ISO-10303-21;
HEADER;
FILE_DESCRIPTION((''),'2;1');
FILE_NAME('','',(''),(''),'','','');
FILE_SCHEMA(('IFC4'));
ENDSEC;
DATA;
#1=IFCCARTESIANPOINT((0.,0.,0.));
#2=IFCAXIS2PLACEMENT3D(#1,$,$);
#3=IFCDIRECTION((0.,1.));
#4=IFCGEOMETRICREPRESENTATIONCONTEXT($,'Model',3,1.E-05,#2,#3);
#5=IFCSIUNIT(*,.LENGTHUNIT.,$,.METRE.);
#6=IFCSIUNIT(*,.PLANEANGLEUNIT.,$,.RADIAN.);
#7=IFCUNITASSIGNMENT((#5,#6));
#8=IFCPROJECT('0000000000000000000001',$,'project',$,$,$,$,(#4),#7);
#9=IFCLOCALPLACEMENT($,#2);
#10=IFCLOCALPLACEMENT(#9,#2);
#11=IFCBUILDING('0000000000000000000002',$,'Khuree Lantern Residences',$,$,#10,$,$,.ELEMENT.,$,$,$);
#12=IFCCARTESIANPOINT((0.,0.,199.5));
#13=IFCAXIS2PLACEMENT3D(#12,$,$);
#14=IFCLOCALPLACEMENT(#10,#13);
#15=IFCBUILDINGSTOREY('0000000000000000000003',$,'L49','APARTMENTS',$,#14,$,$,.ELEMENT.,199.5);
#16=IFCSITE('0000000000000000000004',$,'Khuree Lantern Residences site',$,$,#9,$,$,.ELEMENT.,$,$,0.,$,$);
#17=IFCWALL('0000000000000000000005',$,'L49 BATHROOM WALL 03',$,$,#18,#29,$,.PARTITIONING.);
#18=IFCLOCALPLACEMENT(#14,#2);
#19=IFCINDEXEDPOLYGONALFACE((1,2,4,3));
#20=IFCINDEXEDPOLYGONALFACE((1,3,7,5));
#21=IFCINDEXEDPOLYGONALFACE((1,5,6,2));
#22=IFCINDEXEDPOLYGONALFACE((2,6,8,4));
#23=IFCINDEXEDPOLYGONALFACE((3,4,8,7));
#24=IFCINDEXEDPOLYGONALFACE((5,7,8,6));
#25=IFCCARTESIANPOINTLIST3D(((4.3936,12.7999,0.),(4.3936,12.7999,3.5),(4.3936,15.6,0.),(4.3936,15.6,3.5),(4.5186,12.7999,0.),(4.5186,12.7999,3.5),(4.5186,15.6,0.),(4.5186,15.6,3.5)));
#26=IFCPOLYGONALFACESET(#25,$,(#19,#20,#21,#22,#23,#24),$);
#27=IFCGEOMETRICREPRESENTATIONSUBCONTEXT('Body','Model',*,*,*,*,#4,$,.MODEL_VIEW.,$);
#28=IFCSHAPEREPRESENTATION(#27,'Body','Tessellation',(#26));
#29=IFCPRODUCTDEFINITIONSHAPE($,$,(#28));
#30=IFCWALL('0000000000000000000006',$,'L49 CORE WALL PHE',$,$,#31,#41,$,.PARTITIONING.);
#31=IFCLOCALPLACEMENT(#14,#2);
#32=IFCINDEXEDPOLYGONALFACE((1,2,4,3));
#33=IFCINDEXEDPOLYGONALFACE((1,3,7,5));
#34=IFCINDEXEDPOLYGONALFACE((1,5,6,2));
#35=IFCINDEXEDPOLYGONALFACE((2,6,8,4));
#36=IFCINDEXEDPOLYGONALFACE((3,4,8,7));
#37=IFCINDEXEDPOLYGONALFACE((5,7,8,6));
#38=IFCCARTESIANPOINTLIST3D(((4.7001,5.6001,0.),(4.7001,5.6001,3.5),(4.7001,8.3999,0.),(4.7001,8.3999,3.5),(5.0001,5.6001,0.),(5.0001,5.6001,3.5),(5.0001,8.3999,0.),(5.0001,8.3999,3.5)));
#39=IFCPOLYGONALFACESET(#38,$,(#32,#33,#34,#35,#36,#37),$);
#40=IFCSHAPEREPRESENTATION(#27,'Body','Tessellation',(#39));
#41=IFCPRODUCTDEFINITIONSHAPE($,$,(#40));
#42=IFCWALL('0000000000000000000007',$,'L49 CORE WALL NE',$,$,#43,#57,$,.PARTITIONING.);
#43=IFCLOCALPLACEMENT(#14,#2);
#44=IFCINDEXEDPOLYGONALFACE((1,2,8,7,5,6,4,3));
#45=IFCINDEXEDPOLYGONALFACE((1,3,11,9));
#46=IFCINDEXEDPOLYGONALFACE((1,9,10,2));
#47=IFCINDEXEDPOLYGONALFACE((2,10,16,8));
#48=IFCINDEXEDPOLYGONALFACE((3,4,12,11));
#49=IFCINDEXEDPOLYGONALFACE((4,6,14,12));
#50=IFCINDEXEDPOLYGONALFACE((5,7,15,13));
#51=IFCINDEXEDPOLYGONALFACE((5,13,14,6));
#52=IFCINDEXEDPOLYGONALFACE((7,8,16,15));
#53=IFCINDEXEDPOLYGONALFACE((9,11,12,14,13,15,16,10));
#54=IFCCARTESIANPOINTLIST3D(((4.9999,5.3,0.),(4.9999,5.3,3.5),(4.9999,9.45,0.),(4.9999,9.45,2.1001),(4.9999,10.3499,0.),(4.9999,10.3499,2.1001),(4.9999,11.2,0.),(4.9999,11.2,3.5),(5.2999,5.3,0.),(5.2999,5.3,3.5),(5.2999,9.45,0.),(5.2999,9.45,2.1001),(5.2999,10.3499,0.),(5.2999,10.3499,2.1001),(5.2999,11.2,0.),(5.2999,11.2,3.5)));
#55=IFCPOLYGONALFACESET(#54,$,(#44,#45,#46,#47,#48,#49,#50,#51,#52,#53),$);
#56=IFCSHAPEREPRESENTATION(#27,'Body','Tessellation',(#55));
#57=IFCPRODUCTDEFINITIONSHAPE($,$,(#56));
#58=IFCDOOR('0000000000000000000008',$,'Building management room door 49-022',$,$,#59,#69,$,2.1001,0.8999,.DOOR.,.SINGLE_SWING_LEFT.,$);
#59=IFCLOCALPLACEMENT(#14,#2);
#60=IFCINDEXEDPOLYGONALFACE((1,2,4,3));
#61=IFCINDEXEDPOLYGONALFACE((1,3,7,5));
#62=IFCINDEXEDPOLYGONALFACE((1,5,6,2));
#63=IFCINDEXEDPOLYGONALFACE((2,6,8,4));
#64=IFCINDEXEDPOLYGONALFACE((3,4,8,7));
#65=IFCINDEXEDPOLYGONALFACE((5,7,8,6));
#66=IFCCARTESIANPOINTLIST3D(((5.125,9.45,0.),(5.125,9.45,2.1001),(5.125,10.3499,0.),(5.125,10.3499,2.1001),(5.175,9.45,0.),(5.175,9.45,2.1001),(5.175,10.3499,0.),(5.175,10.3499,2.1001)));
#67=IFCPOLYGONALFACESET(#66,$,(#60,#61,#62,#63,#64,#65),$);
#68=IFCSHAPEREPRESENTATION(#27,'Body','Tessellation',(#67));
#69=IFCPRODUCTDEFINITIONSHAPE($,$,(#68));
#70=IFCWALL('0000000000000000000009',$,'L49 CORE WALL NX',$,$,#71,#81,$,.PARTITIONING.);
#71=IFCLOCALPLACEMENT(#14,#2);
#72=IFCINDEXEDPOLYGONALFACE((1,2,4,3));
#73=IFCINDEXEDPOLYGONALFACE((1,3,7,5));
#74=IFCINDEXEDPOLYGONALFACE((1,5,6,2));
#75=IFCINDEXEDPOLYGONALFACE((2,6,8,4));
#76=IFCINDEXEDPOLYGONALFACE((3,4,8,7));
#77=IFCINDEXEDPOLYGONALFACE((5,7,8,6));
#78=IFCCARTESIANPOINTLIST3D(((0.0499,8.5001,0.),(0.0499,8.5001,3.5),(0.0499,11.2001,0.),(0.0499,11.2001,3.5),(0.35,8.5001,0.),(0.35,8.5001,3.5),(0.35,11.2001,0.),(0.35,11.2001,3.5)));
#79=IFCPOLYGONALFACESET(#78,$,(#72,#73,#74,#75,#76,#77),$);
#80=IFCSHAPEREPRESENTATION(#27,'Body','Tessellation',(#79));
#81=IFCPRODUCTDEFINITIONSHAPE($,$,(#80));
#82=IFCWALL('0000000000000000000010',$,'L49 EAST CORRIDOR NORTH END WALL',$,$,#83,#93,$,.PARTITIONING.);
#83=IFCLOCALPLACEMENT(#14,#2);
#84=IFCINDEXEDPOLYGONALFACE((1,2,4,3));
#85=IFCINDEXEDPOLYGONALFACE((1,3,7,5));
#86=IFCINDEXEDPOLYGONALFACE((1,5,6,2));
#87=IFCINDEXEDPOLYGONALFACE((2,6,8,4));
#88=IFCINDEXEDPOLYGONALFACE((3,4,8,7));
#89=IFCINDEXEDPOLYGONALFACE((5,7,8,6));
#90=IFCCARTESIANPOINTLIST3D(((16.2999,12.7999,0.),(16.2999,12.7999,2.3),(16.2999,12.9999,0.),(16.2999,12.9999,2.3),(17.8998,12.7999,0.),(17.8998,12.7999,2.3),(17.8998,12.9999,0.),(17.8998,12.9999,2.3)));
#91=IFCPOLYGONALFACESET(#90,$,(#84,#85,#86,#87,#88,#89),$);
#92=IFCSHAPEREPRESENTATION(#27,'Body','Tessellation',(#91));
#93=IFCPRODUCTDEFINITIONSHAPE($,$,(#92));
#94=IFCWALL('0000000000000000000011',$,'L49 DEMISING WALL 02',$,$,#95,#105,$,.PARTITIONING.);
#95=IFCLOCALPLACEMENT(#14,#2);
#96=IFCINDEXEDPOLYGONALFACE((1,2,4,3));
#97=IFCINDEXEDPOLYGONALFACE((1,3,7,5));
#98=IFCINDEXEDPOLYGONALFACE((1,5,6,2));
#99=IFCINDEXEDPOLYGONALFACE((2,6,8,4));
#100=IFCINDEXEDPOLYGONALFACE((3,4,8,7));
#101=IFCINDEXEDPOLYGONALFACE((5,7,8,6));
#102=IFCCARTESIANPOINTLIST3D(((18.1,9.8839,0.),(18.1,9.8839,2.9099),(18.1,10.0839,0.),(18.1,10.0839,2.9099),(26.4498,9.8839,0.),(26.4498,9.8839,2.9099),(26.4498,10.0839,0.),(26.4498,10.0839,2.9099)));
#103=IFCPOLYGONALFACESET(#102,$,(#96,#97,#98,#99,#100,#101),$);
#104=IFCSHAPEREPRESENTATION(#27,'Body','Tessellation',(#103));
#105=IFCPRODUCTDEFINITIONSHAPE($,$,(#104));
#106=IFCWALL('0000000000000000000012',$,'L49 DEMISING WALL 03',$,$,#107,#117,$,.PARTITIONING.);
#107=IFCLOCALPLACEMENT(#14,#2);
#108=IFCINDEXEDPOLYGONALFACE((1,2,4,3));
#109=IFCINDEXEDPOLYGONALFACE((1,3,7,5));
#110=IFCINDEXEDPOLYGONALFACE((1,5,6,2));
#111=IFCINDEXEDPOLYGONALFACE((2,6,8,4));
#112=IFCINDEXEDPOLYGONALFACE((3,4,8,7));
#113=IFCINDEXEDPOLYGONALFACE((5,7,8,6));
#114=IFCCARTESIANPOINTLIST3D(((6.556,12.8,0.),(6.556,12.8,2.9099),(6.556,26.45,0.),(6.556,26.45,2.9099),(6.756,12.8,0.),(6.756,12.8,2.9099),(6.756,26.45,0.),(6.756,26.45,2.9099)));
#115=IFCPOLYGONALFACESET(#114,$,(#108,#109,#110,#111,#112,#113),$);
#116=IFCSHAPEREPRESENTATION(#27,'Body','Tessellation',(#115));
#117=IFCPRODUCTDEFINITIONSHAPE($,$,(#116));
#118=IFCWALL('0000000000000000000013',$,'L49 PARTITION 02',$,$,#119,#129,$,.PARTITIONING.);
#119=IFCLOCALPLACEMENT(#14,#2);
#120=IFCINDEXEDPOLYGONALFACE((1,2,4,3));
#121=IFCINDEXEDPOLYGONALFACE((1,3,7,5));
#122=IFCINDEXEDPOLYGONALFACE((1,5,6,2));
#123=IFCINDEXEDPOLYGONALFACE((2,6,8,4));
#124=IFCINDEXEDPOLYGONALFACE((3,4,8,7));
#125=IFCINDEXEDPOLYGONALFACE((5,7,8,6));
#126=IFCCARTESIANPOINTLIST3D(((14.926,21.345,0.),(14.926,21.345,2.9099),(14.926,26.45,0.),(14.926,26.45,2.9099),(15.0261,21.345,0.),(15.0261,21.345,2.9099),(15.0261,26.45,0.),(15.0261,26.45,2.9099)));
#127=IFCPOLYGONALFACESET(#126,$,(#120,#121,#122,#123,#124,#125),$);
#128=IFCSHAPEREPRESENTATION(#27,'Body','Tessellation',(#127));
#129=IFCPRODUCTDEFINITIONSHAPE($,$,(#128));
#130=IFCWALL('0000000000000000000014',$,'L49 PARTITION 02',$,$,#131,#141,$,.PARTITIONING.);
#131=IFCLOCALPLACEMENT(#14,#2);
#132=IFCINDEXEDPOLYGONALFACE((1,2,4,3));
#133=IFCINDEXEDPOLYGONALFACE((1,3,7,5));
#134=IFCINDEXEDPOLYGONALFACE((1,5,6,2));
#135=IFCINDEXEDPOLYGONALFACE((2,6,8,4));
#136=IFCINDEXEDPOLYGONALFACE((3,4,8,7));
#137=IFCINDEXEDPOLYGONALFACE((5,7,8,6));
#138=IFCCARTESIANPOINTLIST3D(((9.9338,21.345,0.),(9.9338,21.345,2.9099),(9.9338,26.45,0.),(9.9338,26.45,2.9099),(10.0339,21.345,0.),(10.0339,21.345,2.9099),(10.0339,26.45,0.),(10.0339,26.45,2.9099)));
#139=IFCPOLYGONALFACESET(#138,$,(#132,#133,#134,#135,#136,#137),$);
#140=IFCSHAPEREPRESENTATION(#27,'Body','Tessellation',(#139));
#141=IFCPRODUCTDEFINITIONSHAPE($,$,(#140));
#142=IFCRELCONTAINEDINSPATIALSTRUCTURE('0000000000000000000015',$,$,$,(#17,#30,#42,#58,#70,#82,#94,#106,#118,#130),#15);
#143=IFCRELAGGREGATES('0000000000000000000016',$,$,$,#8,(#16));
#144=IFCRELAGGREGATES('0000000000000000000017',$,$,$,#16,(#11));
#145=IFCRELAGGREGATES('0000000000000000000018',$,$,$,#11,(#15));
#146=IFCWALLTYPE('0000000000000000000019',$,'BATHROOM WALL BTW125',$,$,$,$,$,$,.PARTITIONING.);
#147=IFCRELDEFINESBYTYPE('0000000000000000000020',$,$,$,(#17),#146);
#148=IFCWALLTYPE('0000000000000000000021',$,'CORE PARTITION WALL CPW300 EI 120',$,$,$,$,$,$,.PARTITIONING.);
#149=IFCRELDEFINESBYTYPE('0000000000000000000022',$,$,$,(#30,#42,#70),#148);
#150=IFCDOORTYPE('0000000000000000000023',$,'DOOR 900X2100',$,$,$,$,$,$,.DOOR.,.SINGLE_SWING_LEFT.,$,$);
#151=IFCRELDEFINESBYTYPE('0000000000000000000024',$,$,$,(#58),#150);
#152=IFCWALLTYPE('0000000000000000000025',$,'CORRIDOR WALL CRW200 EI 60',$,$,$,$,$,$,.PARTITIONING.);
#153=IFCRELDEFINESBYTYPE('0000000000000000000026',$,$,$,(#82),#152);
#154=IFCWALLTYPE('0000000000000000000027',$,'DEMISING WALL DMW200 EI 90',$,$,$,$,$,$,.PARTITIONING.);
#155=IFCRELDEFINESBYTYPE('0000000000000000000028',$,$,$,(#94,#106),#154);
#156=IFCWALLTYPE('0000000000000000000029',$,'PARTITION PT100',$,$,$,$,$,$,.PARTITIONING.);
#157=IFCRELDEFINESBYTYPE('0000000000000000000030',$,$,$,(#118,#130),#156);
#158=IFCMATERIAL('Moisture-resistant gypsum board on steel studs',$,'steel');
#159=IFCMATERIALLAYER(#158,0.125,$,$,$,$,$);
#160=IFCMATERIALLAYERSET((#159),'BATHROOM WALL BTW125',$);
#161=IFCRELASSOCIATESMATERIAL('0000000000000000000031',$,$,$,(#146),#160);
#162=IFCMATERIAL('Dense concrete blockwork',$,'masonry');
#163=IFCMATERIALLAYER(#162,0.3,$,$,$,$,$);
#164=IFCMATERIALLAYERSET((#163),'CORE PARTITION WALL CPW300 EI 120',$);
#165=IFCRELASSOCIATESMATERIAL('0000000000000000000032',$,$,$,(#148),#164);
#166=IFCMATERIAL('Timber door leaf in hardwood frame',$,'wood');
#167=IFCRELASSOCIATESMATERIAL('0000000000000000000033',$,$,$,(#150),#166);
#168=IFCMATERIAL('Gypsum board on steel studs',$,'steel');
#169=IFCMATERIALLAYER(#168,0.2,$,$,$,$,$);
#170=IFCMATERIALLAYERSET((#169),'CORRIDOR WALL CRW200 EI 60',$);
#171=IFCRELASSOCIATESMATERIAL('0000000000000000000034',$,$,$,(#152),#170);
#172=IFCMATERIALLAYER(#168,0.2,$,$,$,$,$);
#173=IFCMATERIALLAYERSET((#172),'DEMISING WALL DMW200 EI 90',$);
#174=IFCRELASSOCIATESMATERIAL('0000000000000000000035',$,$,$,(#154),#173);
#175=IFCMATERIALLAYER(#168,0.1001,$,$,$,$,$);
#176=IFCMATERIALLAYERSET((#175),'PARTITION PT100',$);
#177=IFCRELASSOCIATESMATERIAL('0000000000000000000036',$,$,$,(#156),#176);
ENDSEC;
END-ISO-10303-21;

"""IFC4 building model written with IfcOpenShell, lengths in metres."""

from ifc_helpers import new_model, si_unit, direction, frame, frame_2d, origin, place, context, subcontext, project, spatial, rectangle, extrude, material, layer, layer_set, type_object, element, fill, save


model = new_model("IFC4")

# Units and contexts
model_context = context("Model", 3, precision=1e-05, world=origin(), true_north=direction((0.0, 1.0)))
body_context = subcontext(model_context, "Body", "Model", "MODEL_VIEW")
ifc_project = project(units=[si_unit("LENGTHUNIT", "METRE"), si_unit("PLANEANGLEUNIT", "RADIAN")], contexts=[model_context])

# Site, building, storey
site_placement = place(None, origin())
site = spatial("IfcSite", under=ifc_project, at=site_placement, Name="Khuree Lantern Residences site", CompositionType="ELEMENT", RefElevation=0.0)
building_placement = place(site_placement, origin())
building = spatial("IfcBuilding", under=site, at=building_placement, Name="Khuree Lantern Residences", CompositionType="ELEMENT")
storey_placement = place(building_placement, frame((0.0, 0.0, 199.5)))
storey = spatial("IfcBuildingStorey", under=building, at=storey_placement, Name="L49", Description="APARTMENTS", CompositionType="ELEMENT", Elevation=199.5)

# Shared definitions
ifc_material_1 = material(Name="Moisture-resistant gypsum board on steel studs", Category="steel")
ifc_layer_1 = layer(ifc_material_1, 0.125)
ifc_layer_set_1 = layer_set([ifc_layer_1], Name="BATHROOM WALL BTW125")
wall_type_1 = type_object("IfcWallType", Name="BATHROOM WALL BTW125", PredefinedType="PARTITIONING", material=ifc_layer_set_1)

# Shared definitions
ifc_material_2 = material(Name="Timber door leaf in hardwood frame", Category="wood")

# Walls
wall_1_placement = place(storey_placement, frame((4.4561, 12.8, 0.0), z_axis=(0.0, 0.0, 1.0), x_axis=(0.0, 1.0, 0.0)))
element("IfcWall", 1, at=wall_1_placement, inside=storey, type_object=wall_type_1, Name="L49 BATHROOM WALL 03", PredefinedType="PARTITIONING", context=body_context, shape_type="SweptSolid", body=[
    extrude(rectangle(XDim=2.8, YDim=0.125, at=frame_2d((1.3999, 0.0))), origin(), (0.0, 0.0, 1.0), 3.5),
])
ifc_material_3 = material(Name="Dense concrete blockwork", Category="masonry")
ifc_layer_2 = layer(ifc_material_3, 0.3)
ifc_layer_set_2 = layer_set([ifc_layer_2], Name="CORE PARTITION WALL CPW300 EI 120")
wall_type_2 = type_object("IfcWallType", Name="CORE PARTITION WALL CPW300 EI 120", PredefinedType="PARTITIONING", material=ifc_layer_set_2)
wall_2_placement = place(storey_placement, frame((4.8501, 5.6001, 0.0), z_axis=(0.0, 0.0, 1.0), x_axis=(0.0, 1.0, 0.0)))
element("IfcWall", 2, at=wall_2_placement, inside=storey, type_object=wall_type_2, Name="L49 CORE WALL PHE", PredefinedType="PARTITIONING", context=body_context, shape_type="SweptSolid", body=[
    extrude(rectangle(XDim=2.7998, YDim=0.3, at=frame_2d((1.3999, 0.0))), origin(), (0.0, 0.0, 1.0), 3.5),
])

# Wall, opening, door
wall_3_placement = place(storey_placement, frame((5.1499, 5.3, 0.0), z_axis=(0.0, 0.0, 1.0), x_axis=(0.0, 1.0, 0.0)))
wall_3 = element("IfcWall", 3, at=wall_3_placement, inside=storey, type_object=wall_type_2, Name="L49 CORE WALL NE", PredefinedType="PARTITIONING", context=body_context, shape_type="SweptSolid", body=[
    extrude(rectangle(XDim=5.8999, YDim=0.3, at=frame_2d((2.95, 0.0))), origin(), (0.0, 0.0, 1.0), 3.5),
])
opening_1_placement = place(wall_3_placement, frame((4.1499, 0.0, 0.0)))
opening_1 = element("IfcOpeningElement", 4, at=opening_1_placement, cuts=wall_3, PredefinedType="OPENING", context=body_context, shape_type="SweptSolid", body=[
    extrude(rectangle(XDim=0.8999, YDim=2.1001, at=frame_2d((0.45, 1.05))), frame((0.0, 0.1602, 0.0), z_axis=(0.0, -1.0, 0.0), x_axis=(1.0, 0.0, 0.0)), (0.0, 0.0, 1.0), 0.3201),
])
door_type_1 = type_object("IfcDoorType", Name="DOOR 900X2100", OperationType="SINGLE_SWING_LEFT", PredefinedType="DOOR", material=ifc_material_2)
door_1_placement = place(opening_1_placement, origin())
door_1 = element("IfcDoor", 5, at=door_1_placement, inside=storey, type_object=door_type_1, Name="Building management room door 49-022", OperationType="SINGLE_SWING_LEFT", OverallHeight=2.1001, OverallWidth=0.8999, PredefinedType="DOOR", context=body_context, shape_type="SweptSolid", body=[
    extrude(rectangle(XDim=0.8999, YDim=2.1001, at=frame_2d((0.45, 1.05))), frame((0.0, 0.0249, 0.0), z_axis=(0.0, -1.0, 0.0), x_axis=(1.0, 0.0, 0.0)), (0.0, 0.0, 1.0), 0.05),
])
fill(opening_1, door_1)

# Walls
wall_4_placement = place(storey_placement, frame((0.2, 8.5, 0.0), z_axis=(0.0, 0.0, 1.0), x_axis=(0.0, 1.0, 0.0)))
element("IfcWall", 6, at=wall_4_placement, inside=storey, type_object=wall_type_2, Name="L49 CORE WALL NX", PredefinedType="PARTITIONING", context=body_context, shape_type="SweptSolid", body=[
    extrude(rectangle(XDim=2.7, YDim=0.3, at=frame_2d((1.3501, 0.0))), origin(), (0.0, 0.0, 1.0), 3.5),
])
ifc_material_4 = material(Name="Gypsum board on steel studs", Category="steel")
ifc_layer_3 = layer(ifc_material_4, 0.2)
ifc_layer_set_3 = layer_set([ifc_layer_3], Name="CORRIDOR WALL CRW200 EI 60")
wall_type_3 = type_object("IfcWallType", Name="CORRIDOR WALL CRW200 EI 60", PredefinedType="PARTITIONING", material=ifc_layer_set_3)
wall_5_placement = place(storey_placement, frame((16.3, 12.8999, 0.0), z_axis=(0.0, 0.0, 1.0), x_axis=(1.0, 0.0, 0.0)))
element("IfcWall", 7, at=wall_5_placement, inside=storey, type_object=wall_type_3, Name="L49 EAST CORRIDOR NORTH END WALL", PredefinedType="PARTITIONING", context=body_context, shape_type="SweptSolid", body=[
    extrude(rectangle(XDim=1.5999, YDim=0.2, at=frame_2d((0.7998, 0.0))), origin(), (0.0, 0.0, 1.0), 2.3),
])
ifc_layer_4 = layer(ifc_material_4, 0.2)
ifc_layer_set_4 = layer_set([ifc_layer_4], Name="DEMISING WALL DMW200 EI 90")
wall_type_4 = type_object("IfcWallType", Name="DEMISING WALL DMW200 EI 90", PredefinedType="PARTITIONING", material=ifc_layer_set_4)
wall_6_placement = place(storey_placement, frame((18.1001, 9.9839, 0.0), z_axis=(0.0, 0.0, 1.0), x_axis=(1.0, 0.0, 0.0)))
element("IfcWall", 8, at=wall_6_placement, inside=storey, type_object=wall_type_4, Name="L49 DEMISING WALL 02", PredefinedType="PARTITIONING", context=body_context, shape_type="SweptSolid", body=[
    extrude(rectangle(XDim=8.3499, YDim=0.2, at=frame_2d((4.1748, 0.0))), origin(), (0.0, 0.0, 1.0), 2.9099),
])
wall_7_placement = place(storey_placement, frame((6.656, 12.8, 0.0), z_axis=(0.0, 0.0, 1.0), x_axis=(0.0, 1.0, 0.0)))
element("IfcWall", 9, at=wall_7_placement, inside=storey, type_object=wall_type_4, Name="L49 DEMISING WALL 03", PredefinedType="PARTITIONING", context=body_context, shape_type="SweptSolid", body=[
    extrude(rectangle(XDim=13.6499, YDim=0.2, at=frame_2d((6.825, 0.0))), origin(), (0.0, 0.0, 1.0), 2.9099),
])
ifc_layer_5 = layer(ifc_material_4, 0.1001)
ifc_layer_set_5 = layer_set([ifc_layer_5], Name="PARTITION PT100")
wall_type_5 = type_object("IfcWallType", Name="PARTITION PT100", PredefinedType="PARTITIONING", material=ifc_layer_set_5)
for number, where, z_axis, x_axis, name in (
    (10, (14.9761, 21.345, 0.0), (0.0, 0.0, 1.0), (0.0, 1.0, 0.0), "L49 PARTITION 02"),
    (11, (9.9839, 21.345, 0.0), (0.0, 0.0, 1.0), (0.0, 1.0, 0.0), "L49 PARTITION 02"),
):
    element("IfcWall", number, at=place(storey_placement, frame(where, z_axis=z_axis, x_axis=x_axis)), inside=storey, type_object=wall_type_5, Name=name, PredefinedType="PARTITIONING", context=body_context, shape_type="SweptSolid", body=[
        extrude(rectangle(XDim=5.105, YDim=0.1001, at=frame_2d((2.5525, 0.0))), origin(), (0.0, 0.0, 1.0), 2.9099),
    ])

save(model, "model.ifc")
